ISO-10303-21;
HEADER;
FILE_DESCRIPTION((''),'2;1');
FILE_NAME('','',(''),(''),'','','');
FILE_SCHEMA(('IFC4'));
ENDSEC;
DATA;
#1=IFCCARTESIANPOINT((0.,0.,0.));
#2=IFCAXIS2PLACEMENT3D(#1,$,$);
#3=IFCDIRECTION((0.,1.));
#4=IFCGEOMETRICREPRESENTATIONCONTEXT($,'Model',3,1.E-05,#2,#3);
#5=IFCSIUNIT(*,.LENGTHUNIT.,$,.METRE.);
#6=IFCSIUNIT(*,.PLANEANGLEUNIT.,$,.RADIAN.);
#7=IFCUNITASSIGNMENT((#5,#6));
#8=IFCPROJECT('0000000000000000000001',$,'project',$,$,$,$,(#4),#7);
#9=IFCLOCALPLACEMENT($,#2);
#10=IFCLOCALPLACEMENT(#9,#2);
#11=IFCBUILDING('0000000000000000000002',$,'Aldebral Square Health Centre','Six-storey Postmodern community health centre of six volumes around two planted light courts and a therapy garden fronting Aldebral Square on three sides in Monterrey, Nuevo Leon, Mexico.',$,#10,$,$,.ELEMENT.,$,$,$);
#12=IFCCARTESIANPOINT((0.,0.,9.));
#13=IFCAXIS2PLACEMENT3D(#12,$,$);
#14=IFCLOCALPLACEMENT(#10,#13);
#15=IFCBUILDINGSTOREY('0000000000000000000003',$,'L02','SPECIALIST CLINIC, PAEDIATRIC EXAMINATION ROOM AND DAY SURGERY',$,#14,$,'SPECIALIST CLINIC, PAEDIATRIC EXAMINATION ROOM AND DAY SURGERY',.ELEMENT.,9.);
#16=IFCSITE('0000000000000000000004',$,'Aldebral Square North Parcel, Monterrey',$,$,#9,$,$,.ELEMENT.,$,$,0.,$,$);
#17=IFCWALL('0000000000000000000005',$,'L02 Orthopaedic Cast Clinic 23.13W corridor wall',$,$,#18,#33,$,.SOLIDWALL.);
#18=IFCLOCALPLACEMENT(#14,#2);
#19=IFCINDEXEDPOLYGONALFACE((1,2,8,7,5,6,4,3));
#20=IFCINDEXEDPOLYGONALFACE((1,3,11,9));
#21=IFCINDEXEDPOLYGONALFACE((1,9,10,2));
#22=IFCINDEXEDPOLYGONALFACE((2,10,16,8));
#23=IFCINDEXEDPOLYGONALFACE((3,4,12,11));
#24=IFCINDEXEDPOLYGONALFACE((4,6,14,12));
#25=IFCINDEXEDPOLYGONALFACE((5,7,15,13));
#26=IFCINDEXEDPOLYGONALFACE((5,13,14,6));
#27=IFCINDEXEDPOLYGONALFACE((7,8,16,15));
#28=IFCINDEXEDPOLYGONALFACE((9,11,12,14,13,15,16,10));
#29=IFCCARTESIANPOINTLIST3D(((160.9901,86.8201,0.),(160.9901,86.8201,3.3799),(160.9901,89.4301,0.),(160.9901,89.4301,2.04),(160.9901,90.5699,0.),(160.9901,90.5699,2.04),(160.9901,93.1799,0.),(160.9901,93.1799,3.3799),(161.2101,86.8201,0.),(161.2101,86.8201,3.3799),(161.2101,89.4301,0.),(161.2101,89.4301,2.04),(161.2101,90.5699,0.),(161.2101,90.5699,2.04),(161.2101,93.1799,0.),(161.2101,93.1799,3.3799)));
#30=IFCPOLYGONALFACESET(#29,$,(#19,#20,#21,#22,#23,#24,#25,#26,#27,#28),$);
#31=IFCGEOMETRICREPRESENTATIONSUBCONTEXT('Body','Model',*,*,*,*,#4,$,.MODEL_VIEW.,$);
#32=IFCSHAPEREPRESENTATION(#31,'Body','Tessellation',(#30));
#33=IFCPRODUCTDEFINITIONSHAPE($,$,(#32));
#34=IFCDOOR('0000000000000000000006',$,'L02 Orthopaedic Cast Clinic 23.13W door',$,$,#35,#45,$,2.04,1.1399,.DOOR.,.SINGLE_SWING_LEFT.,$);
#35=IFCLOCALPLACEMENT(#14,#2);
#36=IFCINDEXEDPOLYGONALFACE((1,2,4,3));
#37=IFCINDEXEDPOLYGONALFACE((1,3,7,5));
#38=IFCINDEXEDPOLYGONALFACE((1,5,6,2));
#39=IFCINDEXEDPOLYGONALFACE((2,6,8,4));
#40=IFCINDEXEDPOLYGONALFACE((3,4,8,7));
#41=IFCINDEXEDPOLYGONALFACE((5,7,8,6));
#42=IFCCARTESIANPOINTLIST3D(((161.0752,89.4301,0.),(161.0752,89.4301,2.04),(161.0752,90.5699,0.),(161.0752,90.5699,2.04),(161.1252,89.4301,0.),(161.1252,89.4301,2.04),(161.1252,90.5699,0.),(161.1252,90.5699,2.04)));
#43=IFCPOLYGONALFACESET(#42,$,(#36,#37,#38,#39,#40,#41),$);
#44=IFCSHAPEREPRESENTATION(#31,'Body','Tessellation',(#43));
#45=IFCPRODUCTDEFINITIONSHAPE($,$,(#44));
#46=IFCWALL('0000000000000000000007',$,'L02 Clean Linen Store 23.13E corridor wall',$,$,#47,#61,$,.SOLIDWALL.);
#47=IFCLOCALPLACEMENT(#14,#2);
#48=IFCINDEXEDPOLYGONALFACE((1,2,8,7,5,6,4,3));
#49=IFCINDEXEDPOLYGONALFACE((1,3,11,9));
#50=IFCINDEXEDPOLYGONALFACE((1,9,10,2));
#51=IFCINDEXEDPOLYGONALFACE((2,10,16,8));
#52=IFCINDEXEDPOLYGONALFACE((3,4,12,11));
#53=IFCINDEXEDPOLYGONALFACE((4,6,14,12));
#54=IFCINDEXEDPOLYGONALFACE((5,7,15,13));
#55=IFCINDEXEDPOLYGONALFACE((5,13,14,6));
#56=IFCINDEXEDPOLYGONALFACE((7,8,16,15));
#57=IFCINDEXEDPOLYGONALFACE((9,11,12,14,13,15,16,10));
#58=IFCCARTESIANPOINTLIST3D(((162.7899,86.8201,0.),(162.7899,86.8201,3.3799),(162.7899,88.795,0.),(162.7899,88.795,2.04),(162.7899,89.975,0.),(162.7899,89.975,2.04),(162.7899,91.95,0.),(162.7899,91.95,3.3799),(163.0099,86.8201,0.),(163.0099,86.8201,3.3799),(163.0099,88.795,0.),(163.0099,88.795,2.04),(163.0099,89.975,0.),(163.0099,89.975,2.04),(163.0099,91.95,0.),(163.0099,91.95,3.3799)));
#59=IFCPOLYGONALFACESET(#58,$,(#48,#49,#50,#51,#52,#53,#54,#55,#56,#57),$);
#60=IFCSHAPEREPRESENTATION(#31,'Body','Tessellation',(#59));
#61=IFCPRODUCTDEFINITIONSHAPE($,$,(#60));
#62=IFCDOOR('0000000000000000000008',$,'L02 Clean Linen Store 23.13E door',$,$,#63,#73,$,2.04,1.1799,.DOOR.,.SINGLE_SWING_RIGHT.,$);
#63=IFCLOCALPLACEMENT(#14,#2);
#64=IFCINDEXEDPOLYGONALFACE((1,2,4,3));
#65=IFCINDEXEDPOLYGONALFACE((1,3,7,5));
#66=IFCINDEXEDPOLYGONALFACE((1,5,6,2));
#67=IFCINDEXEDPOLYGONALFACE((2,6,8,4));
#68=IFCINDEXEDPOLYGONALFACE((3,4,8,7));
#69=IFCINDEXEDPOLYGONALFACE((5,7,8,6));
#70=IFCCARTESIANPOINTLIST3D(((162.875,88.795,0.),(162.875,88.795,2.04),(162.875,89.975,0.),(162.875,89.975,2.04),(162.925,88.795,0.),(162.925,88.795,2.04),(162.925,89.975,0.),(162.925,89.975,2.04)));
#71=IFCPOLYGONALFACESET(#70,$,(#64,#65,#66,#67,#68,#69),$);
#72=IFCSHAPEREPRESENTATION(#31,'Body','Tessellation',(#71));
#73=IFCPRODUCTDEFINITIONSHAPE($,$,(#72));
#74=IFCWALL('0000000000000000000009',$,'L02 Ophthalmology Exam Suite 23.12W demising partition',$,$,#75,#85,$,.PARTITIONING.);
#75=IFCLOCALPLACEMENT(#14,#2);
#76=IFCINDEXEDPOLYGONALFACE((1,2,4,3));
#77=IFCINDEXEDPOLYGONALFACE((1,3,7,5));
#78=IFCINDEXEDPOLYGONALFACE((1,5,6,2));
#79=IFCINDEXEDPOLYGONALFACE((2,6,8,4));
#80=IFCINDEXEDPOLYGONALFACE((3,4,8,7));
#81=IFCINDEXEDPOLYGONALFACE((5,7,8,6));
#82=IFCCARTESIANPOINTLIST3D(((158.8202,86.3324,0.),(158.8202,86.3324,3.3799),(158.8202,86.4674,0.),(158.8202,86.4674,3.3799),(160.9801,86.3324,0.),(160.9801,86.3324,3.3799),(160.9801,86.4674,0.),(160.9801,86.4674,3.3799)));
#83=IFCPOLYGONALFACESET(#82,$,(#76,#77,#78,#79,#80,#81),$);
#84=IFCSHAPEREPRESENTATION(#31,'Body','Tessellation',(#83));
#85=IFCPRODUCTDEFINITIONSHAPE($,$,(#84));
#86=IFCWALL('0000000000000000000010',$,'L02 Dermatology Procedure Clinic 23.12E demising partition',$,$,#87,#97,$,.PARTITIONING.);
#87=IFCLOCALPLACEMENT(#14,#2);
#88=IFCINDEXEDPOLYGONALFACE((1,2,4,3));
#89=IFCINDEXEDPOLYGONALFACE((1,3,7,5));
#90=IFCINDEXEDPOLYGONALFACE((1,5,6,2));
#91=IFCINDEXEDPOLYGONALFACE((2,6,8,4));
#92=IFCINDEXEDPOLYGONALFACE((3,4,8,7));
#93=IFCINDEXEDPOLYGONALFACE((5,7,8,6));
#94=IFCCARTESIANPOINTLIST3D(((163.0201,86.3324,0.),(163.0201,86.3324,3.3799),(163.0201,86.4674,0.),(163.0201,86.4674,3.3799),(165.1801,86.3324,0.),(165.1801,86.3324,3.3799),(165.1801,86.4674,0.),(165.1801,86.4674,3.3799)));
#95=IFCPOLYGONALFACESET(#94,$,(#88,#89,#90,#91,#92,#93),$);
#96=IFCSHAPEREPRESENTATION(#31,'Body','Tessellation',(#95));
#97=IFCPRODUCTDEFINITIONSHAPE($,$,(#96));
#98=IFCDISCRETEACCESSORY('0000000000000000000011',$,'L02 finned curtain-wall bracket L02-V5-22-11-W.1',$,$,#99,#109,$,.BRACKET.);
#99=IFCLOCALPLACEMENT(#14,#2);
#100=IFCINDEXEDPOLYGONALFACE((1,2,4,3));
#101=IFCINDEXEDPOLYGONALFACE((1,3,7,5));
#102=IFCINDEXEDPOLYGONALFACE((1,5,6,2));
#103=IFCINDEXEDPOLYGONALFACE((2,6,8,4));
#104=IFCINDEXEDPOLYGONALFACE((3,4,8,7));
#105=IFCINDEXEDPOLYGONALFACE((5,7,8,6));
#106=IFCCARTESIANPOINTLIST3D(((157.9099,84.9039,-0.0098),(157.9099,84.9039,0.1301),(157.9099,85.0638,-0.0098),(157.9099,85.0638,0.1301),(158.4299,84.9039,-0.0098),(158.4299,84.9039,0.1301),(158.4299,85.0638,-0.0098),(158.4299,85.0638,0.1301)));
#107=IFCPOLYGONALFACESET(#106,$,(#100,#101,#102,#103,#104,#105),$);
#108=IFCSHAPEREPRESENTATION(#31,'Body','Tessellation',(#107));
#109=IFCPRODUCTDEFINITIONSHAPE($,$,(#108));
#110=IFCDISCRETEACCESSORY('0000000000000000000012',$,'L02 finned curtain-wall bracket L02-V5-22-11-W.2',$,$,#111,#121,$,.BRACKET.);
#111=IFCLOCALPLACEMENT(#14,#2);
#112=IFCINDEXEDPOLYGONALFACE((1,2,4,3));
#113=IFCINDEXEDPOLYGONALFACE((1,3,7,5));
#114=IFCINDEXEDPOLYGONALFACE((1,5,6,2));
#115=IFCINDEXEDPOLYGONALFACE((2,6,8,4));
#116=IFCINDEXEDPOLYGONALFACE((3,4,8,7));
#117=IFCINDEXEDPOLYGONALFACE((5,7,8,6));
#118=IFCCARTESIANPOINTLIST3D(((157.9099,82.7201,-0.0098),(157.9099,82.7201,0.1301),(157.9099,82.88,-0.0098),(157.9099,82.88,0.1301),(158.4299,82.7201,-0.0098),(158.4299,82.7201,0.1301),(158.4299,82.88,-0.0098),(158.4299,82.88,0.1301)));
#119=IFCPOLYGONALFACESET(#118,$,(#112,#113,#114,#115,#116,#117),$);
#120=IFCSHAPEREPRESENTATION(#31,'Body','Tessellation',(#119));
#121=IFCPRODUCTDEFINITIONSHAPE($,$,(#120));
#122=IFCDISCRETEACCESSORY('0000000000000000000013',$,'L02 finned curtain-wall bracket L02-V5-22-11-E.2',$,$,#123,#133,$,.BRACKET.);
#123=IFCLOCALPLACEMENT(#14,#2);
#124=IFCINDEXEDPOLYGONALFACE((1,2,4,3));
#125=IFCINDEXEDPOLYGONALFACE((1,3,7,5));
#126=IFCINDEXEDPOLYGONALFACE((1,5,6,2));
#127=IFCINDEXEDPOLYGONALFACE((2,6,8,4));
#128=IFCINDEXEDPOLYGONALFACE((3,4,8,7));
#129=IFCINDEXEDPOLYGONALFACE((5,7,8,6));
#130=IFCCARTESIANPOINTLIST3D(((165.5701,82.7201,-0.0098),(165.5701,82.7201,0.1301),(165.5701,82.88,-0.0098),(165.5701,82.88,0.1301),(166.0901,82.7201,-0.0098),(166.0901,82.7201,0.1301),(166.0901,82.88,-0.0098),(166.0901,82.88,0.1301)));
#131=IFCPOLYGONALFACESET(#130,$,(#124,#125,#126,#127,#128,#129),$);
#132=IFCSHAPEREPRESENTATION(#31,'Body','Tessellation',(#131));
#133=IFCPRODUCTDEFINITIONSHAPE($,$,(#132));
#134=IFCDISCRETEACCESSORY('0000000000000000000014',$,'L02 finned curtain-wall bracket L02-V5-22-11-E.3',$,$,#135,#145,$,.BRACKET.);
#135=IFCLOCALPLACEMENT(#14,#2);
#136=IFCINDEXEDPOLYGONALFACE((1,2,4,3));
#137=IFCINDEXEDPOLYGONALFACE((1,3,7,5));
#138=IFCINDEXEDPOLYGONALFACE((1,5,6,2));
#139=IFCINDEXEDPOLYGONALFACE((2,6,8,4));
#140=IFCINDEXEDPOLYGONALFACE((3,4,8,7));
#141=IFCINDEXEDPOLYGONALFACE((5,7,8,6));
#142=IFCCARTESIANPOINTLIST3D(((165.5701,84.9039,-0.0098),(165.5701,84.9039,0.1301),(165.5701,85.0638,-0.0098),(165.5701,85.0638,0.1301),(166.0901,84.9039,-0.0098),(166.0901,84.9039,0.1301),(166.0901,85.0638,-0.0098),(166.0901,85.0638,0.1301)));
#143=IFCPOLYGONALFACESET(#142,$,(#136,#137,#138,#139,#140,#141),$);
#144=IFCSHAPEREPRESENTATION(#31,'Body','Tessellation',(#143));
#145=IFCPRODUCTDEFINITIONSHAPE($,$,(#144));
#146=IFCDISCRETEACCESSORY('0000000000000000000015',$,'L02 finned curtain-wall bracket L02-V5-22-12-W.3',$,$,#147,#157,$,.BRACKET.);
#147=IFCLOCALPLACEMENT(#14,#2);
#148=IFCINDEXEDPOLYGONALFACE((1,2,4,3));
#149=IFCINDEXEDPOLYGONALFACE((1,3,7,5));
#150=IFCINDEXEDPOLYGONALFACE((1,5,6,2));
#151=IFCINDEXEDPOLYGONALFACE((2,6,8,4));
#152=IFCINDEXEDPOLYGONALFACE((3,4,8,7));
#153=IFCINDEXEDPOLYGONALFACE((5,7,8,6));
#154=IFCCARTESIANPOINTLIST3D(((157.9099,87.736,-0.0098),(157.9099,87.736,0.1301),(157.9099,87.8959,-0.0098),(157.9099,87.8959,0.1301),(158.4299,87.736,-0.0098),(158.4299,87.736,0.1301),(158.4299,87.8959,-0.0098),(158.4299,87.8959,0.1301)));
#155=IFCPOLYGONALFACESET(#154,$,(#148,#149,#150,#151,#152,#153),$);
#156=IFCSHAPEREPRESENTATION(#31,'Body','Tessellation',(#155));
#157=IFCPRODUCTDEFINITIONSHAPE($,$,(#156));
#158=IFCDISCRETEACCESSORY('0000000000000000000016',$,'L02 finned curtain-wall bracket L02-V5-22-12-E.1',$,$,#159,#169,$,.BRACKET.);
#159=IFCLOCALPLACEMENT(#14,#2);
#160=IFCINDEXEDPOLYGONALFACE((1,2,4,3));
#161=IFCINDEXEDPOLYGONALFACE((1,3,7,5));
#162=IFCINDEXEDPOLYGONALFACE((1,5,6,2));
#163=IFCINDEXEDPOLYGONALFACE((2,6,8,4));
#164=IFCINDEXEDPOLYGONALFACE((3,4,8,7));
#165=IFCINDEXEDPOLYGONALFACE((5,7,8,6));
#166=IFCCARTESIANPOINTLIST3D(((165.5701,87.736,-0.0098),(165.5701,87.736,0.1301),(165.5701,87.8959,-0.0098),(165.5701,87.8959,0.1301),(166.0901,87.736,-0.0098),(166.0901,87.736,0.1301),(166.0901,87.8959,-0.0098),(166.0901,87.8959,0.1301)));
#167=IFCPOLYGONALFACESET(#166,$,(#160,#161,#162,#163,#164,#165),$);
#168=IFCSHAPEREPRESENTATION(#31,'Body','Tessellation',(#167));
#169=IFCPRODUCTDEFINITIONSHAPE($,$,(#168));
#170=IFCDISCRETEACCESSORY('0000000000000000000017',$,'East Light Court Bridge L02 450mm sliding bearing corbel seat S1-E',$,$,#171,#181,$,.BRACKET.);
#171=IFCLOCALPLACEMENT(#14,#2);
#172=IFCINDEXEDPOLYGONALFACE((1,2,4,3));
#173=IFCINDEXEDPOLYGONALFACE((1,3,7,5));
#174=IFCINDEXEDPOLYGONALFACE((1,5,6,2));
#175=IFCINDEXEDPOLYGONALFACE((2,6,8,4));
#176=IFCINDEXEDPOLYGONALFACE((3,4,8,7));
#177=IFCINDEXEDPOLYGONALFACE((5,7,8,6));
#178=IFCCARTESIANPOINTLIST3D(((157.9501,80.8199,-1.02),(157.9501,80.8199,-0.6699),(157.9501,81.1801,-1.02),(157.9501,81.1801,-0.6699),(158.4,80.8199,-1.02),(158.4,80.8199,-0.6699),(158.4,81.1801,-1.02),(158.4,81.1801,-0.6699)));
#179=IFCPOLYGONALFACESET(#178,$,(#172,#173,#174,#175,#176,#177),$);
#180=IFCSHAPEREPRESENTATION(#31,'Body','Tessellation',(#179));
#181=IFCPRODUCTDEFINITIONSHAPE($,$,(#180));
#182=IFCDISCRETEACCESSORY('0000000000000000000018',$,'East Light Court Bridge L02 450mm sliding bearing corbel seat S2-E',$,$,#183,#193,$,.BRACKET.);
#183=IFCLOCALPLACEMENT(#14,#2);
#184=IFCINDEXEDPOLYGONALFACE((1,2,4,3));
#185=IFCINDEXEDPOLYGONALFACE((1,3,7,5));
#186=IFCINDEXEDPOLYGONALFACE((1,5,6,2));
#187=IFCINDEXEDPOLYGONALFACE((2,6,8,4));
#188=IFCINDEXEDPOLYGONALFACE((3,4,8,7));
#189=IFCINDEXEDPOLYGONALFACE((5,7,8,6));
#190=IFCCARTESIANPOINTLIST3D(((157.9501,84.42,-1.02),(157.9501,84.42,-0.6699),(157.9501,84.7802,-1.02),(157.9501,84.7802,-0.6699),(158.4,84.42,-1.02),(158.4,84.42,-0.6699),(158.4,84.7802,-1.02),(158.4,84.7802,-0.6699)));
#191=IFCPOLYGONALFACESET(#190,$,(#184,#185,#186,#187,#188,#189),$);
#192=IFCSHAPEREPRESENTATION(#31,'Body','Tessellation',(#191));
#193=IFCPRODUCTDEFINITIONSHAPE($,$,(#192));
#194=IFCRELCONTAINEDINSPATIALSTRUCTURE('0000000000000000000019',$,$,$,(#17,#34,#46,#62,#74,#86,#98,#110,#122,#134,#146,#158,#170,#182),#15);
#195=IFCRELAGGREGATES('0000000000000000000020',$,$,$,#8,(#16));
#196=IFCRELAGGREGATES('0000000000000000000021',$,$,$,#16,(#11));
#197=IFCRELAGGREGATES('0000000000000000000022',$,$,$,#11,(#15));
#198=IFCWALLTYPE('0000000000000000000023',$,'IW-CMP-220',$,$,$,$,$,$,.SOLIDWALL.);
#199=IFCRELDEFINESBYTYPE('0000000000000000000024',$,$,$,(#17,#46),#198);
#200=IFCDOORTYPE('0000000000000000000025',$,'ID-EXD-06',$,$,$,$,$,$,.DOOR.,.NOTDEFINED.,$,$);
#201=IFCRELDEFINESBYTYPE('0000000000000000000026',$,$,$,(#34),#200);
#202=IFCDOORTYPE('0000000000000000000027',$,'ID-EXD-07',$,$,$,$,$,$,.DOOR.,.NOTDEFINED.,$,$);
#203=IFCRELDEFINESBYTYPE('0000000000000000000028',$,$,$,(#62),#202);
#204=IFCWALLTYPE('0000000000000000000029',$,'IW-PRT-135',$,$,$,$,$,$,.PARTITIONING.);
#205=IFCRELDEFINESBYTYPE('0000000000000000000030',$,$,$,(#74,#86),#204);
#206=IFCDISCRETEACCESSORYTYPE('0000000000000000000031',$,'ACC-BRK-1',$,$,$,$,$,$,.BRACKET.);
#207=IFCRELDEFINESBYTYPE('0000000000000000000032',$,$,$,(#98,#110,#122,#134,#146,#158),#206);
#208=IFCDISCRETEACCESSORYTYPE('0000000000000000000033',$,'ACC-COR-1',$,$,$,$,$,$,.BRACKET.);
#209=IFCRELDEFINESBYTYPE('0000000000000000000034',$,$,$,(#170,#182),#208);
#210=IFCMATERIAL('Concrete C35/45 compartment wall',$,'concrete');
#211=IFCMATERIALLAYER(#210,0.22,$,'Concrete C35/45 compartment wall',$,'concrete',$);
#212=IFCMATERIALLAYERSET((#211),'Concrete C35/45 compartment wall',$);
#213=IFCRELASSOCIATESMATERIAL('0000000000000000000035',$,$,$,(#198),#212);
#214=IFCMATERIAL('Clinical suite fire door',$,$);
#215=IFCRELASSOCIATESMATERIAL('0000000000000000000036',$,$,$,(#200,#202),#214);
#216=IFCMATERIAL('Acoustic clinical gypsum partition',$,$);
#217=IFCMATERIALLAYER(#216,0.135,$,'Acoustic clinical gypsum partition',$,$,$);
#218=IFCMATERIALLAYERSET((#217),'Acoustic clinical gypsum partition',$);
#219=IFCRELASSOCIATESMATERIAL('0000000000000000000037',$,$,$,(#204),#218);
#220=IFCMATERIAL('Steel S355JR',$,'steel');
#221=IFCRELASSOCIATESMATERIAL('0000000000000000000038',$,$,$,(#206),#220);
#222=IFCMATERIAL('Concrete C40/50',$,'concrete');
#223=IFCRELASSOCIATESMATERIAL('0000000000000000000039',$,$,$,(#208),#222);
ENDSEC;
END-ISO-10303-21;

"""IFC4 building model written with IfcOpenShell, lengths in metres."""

from ifc_helpers import new_model, si_unit, direction, frame, frame_2d, origin, origin_2d, place, context, subcontext, project, spatial, rectangle, extrude, material, layer, layer_set, type_object, element, fill, save


model = new_model("IFC4")

# Units and contexts
model_context = context("Model", 3, precision=1e-05, world=origin(), true_north=direction((0.0, 1.0)))
body_context = subcontext(model_context, "Body", "Model", "MODEL_VIEW")
ifc_project = project(units=[si_unit("LENGTHUNIT", "METRE"), si_unit("PLANEANGLEUNIT", "RADIAN")], contexts=[model_context])

# Site, building, storey
site_placement = place(None, origin())
site = spatial("IfcSite", under=ifc_project, at=site_placement, Name="Aldebral Square North Parcel, Monterrey", CompositionType="ELEMENT", RefElevation=0.0)
building_placement = place(site_placement, origin())
building = spatial("IfcBuilding", under=site, at=building_placement, Name="Aldebral Square Health Centre", Description="Six-storey Postmodern community health centre of six volumes around two planted light courts and a therapy garden fronting Aldebral Square on three sides in Monterrey, Nuevo Leon, Mexico.", CompositionType="ELEMENT")
storey_placement = place(building_placement, frame((0.0, 0.0, 9.0)))
storey = spatial("IfcBuildingStorey", under=building, at=storey_placement, Name="L02", Description="SPECIALIST CLINIC, PAEDIATRIC EXAMINATION ROOM AND DAY SURGERY", LongName="SPECIALIST CLINIC, PAEDIATRIC EXAMINATION ROOM AND DAY SURGERY", CompositionType="ELEMENT", Elevation=9.0)

# Shared definitions
ifc_material_1 = material(Name="Concrete C40/50", Category="concrete")

# Shared definitions
ifc_material_2 = material(Name="Steel S355JR", Category="steel")

# Walls, openings, doors
ifc_material_3 = material(Name="Concrete C35/45 compartment wall", Category="concrete")
ifc_layer_1 = layer(ifc_material_3, 0.22, Name="Concrete C35/45 compartment wall", Category="concrete")
ifc_layer_set_1 = layer_set([ifc_layer_1], Name="Concrete C35/45 compartment wall")
wall_type_1 = type_object("IfcWallType", Name="IW-CMP-220", PredefinedType="SOLIDWALL", material=ifc_layer_set_1)
wall_1_placement = place(storey_placement, frame((161.1001, 86.8201, 0.0), z_axis=(0.0, 0.0, 1.0), x_axis=(0.0, 1.0, 0.0)))
wall_1 = element("IfcWall", 1, at=wall_1_placement, inside=storey, type_object=wall_type_1, Name="L02 Orthopaedic Cast Clinic 23.13W corridor wall", PredefinedType="SOLIDWALL", context=body_context, shape_type="SweptSolid", body=[
    extrude(rectangle(XDim=6.3599, YDim=0.22, at=frame_2d((3.1799, 0.0))), origin(), (0.0, 0.0, 1.0), 3.3799),
])
opening_1_placement = place(wall_1_placement, frame((2.6101, 0.0, 0.0)))
opening_1 = element("IfcOpeningElement", 2, at=opening_1_placement, cuts=wall_1, PredefinedType="OPENING", context=body_context, shape_type="SweptSolid", body=[
    extrude(rectangle(XDim=1.1399, YDim=2.04, at=frame_2d((0.5698, 1.02))), frame((0.0, 0.1201, 0.0), z_axis=(0.0, -1.0, 0.0), x_axis=(1.0, 0.0, 0.0)), (0.0, 0.0, 1.0), 0.24),
])
ifc_material_4 = material(Name="Clinical suite fire door")
door_type_1 = type_object("IfcDoorType", Name="ID-EXD-06", OperationType="NOTDEFINED", PredefinedType="DOOR", material=ifc_material_4)
door_1_placement = place(opening_1_placement, origin())
door_1 = element("IfcDoor", 3, at=door_1_placement, inside=storey, type_object=door_type_1, Name="L02 Orthopaedic Cast Clinic 23.13W door", OperationType="SINGLE_SWING_LEFT", OverallHeight=2.04, OverallWidth=1.1399, PredefinedType="DOOR", context=body_context, shape_type="SweptSolid", body=[
    extrude(rectangle(XDim=1.1399, YDim=2.04, at=frame_2d((0.5698, 1.02))), frame((0.0, 0.0249, 0.0), z_axis=(0.0, -1.0, 0.0), x_axis=(1.0, 0.0, 0.0)), (0.0, 0.0, 1.0), 0.05),
])
fill(opening_1, door_1)
wall_2_placement = place(storey_placement, frame((162.8999, 86.8201, 0.0), z_axis=(0.0, 0.0, 1.0), x_axis=(0.0, 1.0, 0.0)))
wall_2 = element("IfcWall", 4, at=wall_2_placement, inside=storey, type_object=wall_type_1, Name="L02 Clean Linen Store 23.13E corridor wall", PredefinedType="SOLIDWALL", context=body_context, shape_type="SweptSolid", body=[
    extrude(rectangle(XDim=5.1299, YDim=0.22, at=frame_2d((2.5649, 0.0))), origin(), (0.0, 0.0, 1.0), 3.3799),
])
opening_2_placement = place(wall_2_placement, frame((1.9751, 0.0, 0.0)))
opening_2 = element("IfcOpeningElement", 5, at=opening_2_placement, cuts=wall_2, PredefinedType="OPENING", context=body_context, shape_type="SweptSolid", body=[
    extrude(rectangle(XDim=1.1799, YDim=2.04, at=frame_2d((0.5898, 1.02))), frame((0.0, 0.1201, 0.0), z_axis=(0.0, -1.0, 0.0), x_axis=(1.0, 0.0, 0.0)), (0.0, 0.0, 1.0), 0.24),
])
door_type_2 = type_object("IfcDoorType", Name="ID-EXD-07", OperationType="NOTDEFINED", PredefinedType="DOOR", material=ifc_material_4)
door_2_placement = place(opening_2_placement, origin())
door_2 = element("IfcDoor", 6, at=door_2_placement, inside=storey, type_object=door_type_2, Name="L02 Clean Linen Store 23.13E door", OperationType="SINGLE_SWING_RIGHT", OverallHeight=2.04, OverallWidth=1.1799, PredefinedType="DOOR", context=body_context, shape_type="SweptSolid", body=[
    extrude(rectangle(XDim=1.1799, YDim=2.04, at=frame_2d((0.5898, 1.02))), frame((0.0, 0.0249, 0.0), z_axis=(0.0, -1.0, 0.0), x_axis=(1.0, 0.0, 0.0)), (0.0, 0.0, 1.0), 0.05),
])
fill(opening_2, door_2)

# Walls
ifc_material_5 = material(Name="Acoustic clinical gypsum partition")
ifc_layer_2 = layer(ifc_material_5, 0.135, Name="Acoustic clinical gypsum partition")
ifc_layer_set_2 = layer_set([ifc_layer_2], Name="Acoustic clinical gypsum partition")
wall_type_2 = type_object("IfcWallType", Name="IW-PRT-135", PredefinedType="PARTITIONING", material=ifc_layer_set_2)
for number, where, z_axis, x_axis, name in (
    (7, (158.8201, 86.3999, 0.0), (0.0, 0.0, 1.0), (1.0, 0.0, 0.0), "L02 Ophthalmology Exam Suite 23.12W demising partition"),
    (8, (163.02, 86.3999, 0.0), (0.0, 0.0, 1.0), (1.0, 0.0, 0.0), "L02 Dermatology Procedure Clinic 23.12E demising partition"),
):
    element("IfcWall", number, at=place(storey_placement, frame(where, z_axis=z_axis, x_axis=x_axis)), inside=storey, type_object=wall_type_2, Name=name, PredefinedType="PARTITIONING", context=body_context, shape_type="SweptSolid", body=[
        extrude(rectangle(XDim=2.1599, YDim=0.135, at=frame_2d((1.0801, 0.0))), origin(), (0.0, 0.0, 1.0), 3.3799),
    ])

# Discrete accessories
discrete_accessory_type_1 = type_object("IfcDiscreteAccessoryType", Name="ACC-BRK-1", PredefinedType="BRACKET", material=ifc_material_2)
for number, where, z_axis, x_axis, name in (
    (9, (158.1699, 84.9839, -0.0098), (0.0, 0.0, 1.0), (0.0, 1.0, 0.0), "L02 finned curtain-wall bracket L02-V5-22-11-W.1"),
    (10, (158.1699, 82.8, -0.0098), (0.0, 0.0, 1.0), (0.0, 1.0, 0.0), "L02 finned curtain-wall bracket L02-V5-22-11-W.2"),
    (11, (165.8301, 82.8, -0.0098), (0.0, 0.0, 1.0), (0.0, 1.0, 0.0), "L02 finned curtain-wall bracket L02-V5-22-11-E.2"),
    (12, (165.8301, 84.9839, -0.0098), (0.0, 0.0, 1.0), (0.0, 1.0, 0.0), "L02 finned curtain-wall bracket L02-V5-22-11-E.3"),
    (13, (158.1699, 87.8159, -0.0098), (0.0, 0.0, 1.0), (0.0, 1.0, 0.0), "L02 finned curtain-wall bracket L02-V5-22-12-W.3"),
    (14, (165.8301, 87.8159, -0.0098), (0.0, 0.0, 1.0), (0.0, 1.0, 0.0), "L02 finned curtain-wall bracket L02-V5-22-12-E.1"),
):
    element("IfcDiscreteAccessory", number, at=place(storey_placement, frame(where, z_axis=z_axis, x_axis=x_axis)), inside=storey, type_object=discrete_accessory_type_1, Name=name, PredefinedType="BRACKET", context=body_context, shape_type="SweptSolid", body=[
        extrude(rectangle(XDim=0.1599, YDim=0.52, at=origin_2d()), origin(), (0.0, 0.0, 1.0), 0.1399),
    ])
discrete_accessory_type_2 = type_object("IfcDiscreteAccessoryType", Name="ACC-COR-1", PredefinedType="BRACKET", material=ifc_material_1)
for number, where, z_axis, x_axis, name in (
    (15, (158.175, 81.0, -1.02), (0.0, 0.0, 1.0), (1.0, 0.0, 0.0), "East Light Court Bridge L02 450mm sliding bearing corbel seat S1-E"),
    (16, (158.175, 84.6001, -1.02), (0.0, 0.0, 1.0), (1.0, 0.0, 0.0), "East Light Court Bridge L02 450mm sliding bearing corbel seat S2-E"),
):
    element("IfcDiscreteAccessory", number, at=place(storey_placement, frame(where, z_axis=z_axis, x_axis=x_axis)), inside=storey, type_object=discrete_accessory_type_2, Name=name, PredefinedType="BRACKET", context=body_context, shape_type="SweptSolid", body=[
        extrude(rectangle(XDim=0.45, YDim=0.3601, at=origin_2d()), origin(), (0.0, 0.0, 1.0), 0.3501),
    ])

save(model, "model.ifc")
